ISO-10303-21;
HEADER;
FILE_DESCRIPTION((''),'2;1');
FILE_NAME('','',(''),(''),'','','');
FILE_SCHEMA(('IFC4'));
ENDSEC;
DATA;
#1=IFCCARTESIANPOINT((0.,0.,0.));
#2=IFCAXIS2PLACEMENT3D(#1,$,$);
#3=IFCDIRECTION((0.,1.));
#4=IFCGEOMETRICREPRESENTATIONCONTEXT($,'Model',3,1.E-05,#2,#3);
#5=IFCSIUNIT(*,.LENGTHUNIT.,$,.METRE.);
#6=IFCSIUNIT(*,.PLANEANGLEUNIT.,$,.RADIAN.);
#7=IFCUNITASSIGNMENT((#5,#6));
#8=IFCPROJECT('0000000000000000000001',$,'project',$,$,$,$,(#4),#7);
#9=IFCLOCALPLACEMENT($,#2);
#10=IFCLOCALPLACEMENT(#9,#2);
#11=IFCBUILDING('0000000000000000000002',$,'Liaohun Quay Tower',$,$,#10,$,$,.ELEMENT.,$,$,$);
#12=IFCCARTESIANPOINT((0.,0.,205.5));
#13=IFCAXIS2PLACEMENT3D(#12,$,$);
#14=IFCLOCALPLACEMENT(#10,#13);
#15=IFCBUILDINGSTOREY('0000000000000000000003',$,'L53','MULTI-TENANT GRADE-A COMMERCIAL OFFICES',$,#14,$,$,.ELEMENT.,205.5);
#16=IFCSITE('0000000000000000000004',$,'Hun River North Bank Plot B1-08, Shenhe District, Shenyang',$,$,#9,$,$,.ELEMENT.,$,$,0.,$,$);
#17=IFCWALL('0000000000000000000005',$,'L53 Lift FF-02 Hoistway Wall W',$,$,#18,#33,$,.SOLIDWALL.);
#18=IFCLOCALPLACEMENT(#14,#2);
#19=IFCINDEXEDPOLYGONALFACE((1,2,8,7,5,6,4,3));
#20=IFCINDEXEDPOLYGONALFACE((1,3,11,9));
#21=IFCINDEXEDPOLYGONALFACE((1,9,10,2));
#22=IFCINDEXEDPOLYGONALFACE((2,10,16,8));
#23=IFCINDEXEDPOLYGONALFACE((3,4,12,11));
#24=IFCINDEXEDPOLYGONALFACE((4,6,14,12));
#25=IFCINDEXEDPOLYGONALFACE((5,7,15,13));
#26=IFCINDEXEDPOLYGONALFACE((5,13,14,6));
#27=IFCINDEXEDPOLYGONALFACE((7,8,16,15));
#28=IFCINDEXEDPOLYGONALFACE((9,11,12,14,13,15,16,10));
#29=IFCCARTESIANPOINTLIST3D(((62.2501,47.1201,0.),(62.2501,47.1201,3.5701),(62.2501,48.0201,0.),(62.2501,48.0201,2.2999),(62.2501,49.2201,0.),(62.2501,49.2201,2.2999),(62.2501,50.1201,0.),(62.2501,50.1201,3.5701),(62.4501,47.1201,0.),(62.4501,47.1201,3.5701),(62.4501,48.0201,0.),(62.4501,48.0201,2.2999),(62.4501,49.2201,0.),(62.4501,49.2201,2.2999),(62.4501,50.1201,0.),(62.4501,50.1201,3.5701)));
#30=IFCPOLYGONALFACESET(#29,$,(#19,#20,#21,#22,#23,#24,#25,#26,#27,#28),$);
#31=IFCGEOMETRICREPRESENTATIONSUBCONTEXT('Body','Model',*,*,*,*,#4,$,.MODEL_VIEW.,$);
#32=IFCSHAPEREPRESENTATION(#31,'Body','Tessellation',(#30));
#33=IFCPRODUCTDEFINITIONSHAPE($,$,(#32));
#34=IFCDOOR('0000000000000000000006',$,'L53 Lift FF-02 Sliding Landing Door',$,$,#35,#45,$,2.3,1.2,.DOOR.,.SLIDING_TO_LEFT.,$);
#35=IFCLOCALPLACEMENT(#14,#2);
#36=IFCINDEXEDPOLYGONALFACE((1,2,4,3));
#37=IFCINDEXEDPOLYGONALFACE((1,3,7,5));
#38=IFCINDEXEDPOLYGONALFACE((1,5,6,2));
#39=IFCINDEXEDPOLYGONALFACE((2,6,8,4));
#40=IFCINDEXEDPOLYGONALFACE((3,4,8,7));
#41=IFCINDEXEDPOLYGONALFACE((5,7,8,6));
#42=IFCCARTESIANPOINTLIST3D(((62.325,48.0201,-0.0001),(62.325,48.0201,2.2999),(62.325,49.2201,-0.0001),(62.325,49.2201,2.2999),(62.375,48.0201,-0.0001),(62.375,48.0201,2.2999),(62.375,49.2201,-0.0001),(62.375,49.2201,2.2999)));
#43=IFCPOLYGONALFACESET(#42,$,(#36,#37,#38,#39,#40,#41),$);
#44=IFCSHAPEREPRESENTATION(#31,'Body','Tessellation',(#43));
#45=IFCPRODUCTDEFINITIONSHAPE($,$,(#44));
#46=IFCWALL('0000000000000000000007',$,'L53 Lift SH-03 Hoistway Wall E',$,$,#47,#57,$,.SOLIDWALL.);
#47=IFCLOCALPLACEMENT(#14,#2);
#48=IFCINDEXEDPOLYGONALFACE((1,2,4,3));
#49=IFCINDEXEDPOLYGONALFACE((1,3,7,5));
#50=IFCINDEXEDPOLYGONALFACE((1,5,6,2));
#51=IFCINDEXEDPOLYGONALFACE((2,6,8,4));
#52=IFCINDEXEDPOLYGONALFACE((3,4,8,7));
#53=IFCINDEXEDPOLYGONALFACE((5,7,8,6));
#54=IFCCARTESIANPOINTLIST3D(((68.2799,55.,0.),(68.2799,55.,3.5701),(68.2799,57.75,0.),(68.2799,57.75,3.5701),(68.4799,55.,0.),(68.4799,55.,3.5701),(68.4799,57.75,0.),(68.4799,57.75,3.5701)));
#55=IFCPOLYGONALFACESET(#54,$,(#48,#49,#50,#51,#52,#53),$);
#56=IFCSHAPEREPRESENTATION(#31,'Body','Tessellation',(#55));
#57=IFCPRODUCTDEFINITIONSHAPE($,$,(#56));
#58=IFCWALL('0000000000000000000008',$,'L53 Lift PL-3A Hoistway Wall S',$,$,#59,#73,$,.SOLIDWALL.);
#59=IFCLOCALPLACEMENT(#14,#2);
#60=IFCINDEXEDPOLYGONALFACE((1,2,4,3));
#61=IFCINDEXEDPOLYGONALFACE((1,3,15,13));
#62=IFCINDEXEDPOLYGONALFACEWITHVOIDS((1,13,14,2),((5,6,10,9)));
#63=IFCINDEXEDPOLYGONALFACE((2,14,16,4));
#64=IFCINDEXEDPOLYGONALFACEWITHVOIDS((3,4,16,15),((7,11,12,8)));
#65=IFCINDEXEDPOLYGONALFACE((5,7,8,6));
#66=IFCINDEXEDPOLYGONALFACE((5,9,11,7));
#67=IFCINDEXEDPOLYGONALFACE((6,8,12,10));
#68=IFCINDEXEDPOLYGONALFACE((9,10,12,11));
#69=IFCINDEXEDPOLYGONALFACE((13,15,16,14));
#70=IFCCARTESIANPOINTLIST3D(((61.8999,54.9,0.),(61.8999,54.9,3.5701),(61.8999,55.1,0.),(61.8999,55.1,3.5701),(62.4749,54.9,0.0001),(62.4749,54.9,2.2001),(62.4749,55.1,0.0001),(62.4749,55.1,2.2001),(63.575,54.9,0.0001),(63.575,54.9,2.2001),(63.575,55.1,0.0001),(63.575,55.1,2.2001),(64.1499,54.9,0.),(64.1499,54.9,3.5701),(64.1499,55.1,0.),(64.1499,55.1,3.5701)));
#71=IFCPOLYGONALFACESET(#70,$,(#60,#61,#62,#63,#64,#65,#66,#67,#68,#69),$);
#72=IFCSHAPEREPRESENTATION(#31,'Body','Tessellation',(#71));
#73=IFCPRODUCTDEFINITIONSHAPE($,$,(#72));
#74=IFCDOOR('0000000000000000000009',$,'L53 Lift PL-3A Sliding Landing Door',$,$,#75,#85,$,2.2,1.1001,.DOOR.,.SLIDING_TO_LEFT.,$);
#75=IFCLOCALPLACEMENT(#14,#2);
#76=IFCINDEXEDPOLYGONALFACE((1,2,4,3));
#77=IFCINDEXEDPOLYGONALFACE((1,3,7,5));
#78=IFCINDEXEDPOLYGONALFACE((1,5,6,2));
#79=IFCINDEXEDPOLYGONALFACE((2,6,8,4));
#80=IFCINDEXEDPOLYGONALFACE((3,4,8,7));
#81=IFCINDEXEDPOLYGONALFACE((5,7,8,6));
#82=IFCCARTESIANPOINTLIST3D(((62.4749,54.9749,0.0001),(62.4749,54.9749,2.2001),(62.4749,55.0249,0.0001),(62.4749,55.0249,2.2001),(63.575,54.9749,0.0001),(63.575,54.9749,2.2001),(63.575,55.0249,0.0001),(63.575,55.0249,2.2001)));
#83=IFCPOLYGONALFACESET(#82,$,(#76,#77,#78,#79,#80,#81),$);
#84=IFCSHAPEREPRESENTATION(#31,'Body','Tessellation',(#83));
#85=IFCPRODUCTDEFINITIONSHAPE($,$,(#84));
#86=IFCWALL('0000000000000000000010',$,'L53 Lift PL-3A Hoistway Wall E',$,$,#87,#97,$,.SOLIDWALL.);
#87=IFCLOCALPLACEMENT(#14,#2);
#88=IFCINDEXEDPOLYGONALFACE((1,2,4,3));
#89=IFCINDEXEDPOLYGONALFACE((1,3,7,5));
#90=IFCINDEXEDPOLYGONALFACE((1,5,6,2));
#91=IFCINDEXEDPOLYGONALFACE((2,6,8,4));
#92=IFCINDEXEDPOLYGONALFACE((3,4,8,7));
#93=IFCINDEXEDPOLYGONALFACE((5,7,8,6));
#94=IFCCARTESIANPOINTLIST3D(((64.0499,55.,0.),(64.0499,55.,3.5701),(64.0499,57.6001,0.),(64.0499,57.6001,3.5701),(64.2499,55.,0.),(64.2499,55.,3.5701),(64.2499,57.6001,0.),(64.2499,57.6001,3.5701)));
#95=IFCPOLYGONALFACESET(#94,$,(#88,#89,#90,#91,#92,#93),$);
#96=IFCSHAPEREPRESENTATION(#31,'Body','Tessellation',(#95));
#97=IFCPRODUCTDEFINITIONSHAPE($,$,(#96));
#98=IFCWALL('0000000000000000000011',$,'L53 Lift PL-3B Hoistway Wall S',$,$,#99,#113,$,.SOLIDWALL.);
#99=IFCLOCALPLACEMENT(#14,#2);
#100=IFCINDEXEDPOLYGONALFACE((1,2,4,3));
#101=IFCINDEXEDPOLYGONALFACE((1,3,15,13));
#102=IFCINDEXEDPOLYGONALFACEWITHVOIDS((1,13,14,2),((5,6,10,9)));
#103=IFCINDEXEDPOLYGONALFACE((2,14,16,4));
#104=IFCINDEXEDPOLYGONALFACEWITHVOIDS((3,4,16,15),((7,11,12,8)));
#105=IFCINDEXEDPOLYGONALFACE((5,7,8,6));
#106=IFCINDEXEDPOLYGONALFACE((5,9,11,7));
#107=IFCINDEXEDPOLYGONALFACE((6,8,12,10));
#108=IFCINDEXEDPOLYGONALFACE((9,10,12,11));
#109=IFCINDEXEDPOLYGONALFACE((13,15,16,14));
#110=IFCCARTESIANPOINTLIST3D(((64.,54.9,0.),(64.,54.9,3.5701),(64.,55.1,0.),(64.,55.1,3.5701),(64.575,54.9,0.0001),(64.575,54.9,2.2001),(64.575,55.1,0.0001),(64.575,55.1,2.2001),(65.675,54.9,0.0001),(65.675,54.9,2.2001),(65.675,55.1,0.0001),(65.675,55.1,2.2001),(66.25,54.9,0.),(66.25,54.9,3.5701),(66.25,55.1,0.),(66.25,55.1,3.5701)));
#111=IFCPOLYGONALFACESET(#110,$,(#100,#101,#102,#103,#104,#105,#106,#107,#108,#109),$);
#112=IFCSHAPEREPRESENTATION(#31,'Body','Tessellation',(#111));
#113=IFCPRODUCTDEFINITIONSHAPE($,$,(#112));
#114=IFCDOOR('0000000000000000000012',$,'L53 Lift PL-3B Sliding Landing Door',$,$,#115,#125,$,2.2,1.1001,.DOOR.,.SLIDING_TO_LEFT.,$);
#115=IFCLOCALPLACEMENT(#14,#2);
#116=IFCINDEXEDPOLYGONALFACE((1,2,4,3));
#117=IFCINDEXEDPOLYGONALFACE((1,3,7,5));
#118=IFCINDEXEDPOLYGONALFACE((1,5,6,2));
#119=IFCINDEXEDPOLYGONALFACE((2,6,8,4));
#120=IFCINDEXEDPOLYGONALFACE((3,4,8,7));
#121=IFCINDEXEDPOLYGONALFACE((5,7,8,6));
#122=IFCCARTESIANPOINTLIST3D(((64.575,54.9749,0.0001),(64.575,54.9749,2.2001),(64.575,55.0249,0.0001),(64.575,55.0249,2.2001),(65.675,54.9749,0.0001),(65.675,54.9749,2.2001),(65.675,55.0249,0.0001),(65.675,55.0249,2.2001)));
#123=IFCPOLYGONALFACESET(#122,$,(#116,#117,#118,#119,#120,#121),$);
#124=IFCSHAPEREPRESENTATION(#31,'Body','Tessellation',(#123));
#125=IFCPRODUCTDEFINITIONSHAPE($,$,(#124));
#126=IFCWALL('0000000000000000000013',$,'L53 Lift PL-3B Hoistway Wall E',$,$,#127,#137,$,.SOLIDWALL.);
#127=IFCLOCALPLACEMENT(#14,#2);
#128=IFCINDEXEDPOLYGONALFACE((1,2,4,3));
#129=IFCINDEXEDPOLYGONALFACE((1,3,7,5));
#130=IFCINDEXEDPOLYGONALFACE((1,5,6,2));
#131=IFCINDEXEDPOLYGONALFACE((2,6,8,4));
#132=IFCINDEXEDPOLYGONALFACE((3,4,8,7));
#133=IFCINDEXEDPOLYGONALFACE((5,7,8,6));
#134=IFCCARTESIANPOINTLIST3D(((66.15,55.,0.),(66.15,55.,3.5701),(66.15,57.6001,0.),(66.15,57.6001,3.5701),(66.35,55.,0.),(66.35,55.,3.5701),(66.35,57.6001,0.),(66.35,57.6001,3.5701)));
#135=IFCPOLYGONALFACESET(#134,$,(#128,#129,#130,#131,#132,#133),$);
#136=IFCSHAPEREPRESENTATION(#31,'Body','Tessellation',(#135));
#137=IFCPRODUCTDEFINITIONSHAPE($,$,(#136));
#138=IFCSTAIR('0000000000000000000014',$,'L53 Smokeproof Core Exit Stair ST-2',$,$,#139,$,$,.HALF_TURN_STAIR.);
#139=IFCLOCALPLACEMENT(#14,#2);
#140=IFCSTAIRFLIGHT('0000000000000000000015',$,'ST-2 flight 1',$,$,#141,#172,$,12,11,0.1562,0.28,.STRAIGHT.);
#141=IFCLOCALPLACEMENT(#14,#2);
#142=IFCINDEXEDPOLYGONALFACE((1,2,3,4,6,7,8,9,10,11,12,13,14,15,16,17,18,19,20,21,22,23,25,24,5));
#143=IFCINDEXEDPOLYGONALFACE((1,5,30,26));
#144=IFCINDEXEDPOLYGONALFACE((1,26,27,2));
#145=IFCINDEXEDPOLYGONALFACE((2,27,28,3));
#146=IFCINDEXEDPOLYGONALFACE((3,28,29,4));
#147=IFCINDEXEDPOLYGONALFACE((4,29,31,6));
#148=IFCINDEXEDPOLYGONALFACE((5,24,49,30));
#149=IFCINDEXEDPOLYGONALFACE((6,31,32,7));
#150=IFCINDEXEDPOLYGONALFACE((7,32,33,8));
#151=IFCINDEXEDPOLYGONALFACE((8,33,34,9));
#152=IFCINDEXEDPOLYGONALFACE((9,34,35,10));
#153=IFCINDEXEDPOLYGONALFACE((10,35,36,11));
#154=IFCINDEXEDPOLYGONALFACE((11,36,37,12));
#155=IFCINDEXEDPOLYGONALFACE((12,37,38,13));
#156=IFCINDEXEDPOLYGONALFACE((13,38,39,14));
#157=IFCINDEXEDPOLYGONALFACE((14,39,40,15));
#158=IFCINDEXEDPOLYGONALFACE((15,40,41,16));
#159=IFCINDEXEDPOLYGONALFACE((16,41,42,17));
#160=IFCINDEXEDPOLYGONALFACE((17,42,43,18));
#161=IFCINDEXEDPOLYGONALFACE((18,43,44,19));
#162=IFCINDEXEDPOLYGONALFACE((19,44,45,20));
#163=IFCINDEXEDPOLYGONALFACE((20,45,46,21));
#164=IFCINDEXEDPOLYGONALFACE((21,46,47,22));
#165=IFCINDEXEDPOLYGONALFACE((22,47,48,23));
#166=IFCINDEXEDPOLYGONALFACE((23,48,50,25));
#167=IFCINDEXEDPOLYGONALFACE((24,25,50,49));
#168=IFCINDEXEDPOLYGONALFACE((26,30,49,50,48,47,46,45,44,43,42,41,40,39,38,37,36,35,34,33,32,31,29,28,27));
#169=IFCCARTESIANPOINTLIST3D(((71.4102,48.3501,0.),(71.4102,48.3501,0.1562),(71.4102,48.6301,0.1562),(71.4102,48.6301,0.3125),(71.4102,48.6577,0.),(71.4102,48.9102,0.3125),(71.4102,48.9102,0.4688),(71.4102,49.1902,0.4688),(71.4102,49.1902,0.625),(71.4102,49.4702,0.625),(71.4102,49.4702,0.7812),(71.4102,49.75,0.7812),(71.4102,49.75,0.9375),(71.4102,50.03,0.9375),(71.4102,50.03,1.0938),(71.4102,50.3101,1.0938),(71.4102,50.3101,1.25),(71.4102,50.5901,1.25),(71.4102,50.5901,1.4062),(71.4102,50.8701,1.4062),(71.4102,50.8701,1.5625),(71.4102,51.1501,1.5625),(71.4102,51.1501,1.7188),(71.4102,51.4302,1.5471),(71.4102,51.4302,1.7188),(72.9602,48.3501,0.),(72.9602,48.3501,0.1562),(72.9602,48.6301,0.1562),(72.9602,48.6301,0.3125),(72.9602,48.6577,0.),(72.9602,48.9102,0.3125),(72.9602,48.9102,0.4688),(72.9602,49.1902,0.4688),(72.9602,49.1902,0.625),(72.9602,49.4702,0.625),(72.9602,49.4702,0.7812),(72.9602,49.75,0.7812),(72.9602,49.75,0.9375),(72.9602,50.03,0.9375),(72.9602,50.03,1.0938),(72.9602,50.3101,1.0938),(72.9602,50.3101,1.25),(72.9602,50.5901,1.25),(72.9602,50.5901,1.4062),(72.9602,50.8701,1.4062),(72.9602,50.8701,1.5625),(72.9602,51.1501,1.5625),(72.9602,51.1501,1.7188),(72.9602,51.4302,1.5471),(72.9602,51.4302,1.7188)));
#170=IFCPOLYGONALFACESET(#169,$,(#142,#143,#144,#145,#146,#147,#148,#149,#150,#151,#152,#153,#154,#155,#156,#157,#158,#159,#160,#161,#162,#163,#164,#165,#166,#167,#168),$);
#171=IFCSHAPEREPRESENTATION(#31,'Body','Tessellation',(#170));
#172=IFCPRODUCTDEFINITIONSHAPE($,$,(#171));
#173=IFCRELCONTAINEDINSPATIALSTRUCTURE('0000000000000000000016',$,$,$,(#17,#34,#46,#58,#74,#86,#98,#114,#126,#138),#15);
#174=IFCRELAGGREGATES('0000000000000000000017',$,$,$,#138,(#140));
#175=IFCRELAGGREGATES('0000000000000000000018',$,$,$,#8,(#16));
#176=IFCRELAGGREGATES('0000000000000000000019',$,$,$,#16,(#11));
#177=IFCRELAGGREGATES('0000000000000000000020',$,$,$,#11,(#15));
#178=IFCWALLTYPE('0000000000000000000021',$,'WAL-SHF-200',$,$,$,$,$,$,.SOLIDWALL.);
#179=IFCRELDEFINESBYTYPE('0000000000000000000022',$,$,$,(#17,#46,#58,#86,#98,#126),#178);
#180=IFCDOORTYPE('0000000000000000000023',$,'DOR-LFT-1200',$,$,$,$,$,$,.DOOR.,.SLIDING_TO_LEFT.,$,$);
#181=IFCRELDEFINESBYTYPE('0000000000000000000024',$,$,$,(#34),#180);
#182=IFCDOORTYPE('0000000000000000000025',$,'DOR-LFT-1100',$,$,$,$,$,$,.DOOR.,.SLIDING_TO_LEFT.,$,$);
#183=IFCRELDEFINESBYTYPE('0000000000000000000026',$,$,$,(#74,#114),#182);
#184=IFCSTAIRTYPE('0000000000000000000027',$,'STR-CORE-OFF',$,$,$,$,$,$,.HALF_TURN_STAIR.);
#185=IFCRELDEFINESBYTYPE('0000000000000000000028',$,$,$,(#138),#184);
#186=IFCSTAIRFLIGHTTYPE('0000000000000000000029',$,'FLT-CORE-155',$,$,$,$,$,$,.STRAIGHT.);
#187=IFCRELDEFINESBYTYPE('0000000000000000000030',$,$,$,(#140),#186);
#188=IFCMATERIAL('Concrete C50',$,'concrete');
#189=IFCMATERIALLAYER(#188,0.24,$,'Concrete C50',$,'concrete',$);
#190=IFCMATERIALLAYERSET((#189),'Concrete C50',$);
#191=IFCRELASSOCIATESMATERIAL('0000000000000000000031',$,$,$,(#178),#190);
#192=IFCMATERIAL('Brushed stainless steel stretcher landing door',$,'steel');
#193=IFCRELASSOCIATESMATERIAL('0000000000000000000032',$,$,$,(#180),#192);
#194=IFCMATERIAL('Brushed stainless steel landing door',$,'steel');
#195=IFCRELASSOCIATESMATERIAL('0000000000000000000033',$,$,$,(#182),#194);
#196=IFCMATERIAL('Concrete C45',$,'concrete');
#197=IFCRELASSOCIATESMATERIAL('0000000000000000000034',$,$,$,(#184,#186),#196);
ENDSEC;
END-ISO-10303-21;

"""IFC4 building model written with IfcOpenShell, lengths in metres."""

from ifc_helpers import new_model, si_unit, direction, frame, frame_2d, origin, place, context, subcontext, project, spatial, polyline, rectangle, outline, extrude, source, transform, mapped, material, layer, layer_set, type_object, element, fill, aggregate, save


model = new_model("IFC4")

# Units and contexts
model_context = context("Model", 3, precision=1e-05, world=origin(), true_north=direction((0.0, 1.0)))
body_context = subcontext(model_context, "Body", "Model", "MODEL_VIEW")
ifc_project = project(units=[si_unit("LENGTHUNIT", "METRE"), si_unit("PLANEANGLEUNIT", "RADIAN")], contexts=[model_context])

# Site, building, storey
site_placement = place(None, origin())
site = spatial("IfcSite", under=ifc_project, at=site_placement, Name="Hun River North Bank Plot B1-08, Shenhe District, Shenyang", CompositionType="ELEMENT", RefElevation=0.0)
building_placement = place(site_placement, origin())
building = spatial("IfcBuilding", under=site, at=building_placement, Name="Liaohun Quay Tower", CompositionType="ELEMENT")
storey_placement = place(building_placement, frame((0.0, 0.0, 205.5)))
storey = spatial("IfcBuildingStorey", under=building, at=storey_placement, Name="L53", Description="MULTI-TENANT GRADE-A COMMERCIAL OFFICES", CompositionType="ELEMENT", Elevation=205.5)

# Shared definitions
ifc_material_1 = material(Name="Concrete C50", Category="concrete")
ifc_layer_1 = layer(ifc_material_1, 0.24, Name="Concrete C50", Category="concrete")
ifc_layer_set_1 = layer_set([ifc_layer_1], Name="Concrete C50")
wall_type_1 = type_object("IfcWallType", Name="WAL-SHF-200", PredefinedType="SOLIDWALL", material=ifc_layer_set_1)

# Wall, opening, door
wall_1_placement = place(storey_placement, frame((62.3501, 50.1201, 0.0), z_axis=(0.0, 0.0, 1.0), x_axis=(0.0, -1.0, 0.0)))
wall_1 = element("IfcWall", 1, at=wall_1_placement, inside=storey, type_object=wall_type_1, Name="L53 Lift FF-02 Hoistway Wall W", PredefinedType="SOLIDWALL", context=body_context, shape_type="SweptSolid", body=[
    extrude(rectangle(XDim=3.0, YDim=0.2, at=frame_2d((1.5, 0.0))), origin(), (0.0, 0.0, 1.0), 3.5701),
])
shared_shape_1 = source(origin(), body_context, "Body", "SweptSolid", [
    extrude(rectangle(XDim=1.2, YDim=2.3, at=frame_2d((0.6001, 1.1499))), frame((0.0, 0.1099, 0.0), z_axis=(0.0, -1.0, 0.0), x_axis=(1.0, 0.0, 0.0)), (0.0, 0.0, 1.0), 0.22),
])
opening_1_placement = place(wall_1_placement, frame((0.8999, 0.0, 0.0)))
opening_1 = element("IfcOpeningElement", 2, at=opening_1_placement, cuts=wall_1, PredefinedType="OPENING", context=body_context, shape_type="MappedRepresentation", body=[
    mapped(shared_shape_1, transform((0.0, 0.0, 0.0), x_axis=(1.0, 0.0, 0.0), y_axis=(0.0, 1.0, 0.0), z_axis=(0.0, 0.0, 1.0), scale=1.0)),
])
ifc_material_2 = material(Name="Brushed stainless steel stretcher landing door", Category="steel")
door_type_1 = type_object("IfcDoorType", Name="DOR-LFT-1200", OperationType="SLIDING_TO_LEFT", PredefinedType="DOOR", material=ifc_material_2)
shared_shape_2 = source(origin(), body_context, "Body", "SweptSolid", [
    extrude(rectangle(XDim=1.2, YDim=2.3, at=frame_2d((0.6001, 1.1499))), frame((0.0, 0.0249, 0.0), z_axis=(0.0, -1.0, 0.0), x_axis=(1.0, 0.0, 0.0)), (0.0, 0.0, 1.0), 0.05),
])
door_1_placement = place(opening_1_placement, origin())
door_1 = element("IfcDoor", 3, at=door_1_placement, inside=storey, type_object=door_type_1, Name="L53 Lift FF-02 Sliding Landing Door", OperationType="SLIDING_TO_LEFT", OverallHeight=2.3, OverallWidth=1.2, PredefinedType="DOOR", context=body_context, shape_type="MappedRepresentation", body=[
    mapped(shared_shape_2, transform((0.0, 0.0, 0.0), x_axis=(1.0, 0.0, 0.0), y_axis=(0.0, 1.0, 0.0), z_axis=(0.0, 0.0, 1.0), scale=1.0)),
])
fill(opening_1, door_1)

# Wall
wall_2_placement = place(storey_placement, frame((68.3799, 55.0, 0.0), z_axis=(0.0, 0.0, 1.0), x_axis=(0.0, 1.0, 0.0)))
element("IfcWall", 4, at=wall_2_placement, inside=storey, type_object=wall_type_1, Name="L53 Lift SH-03 Hoistway Wall E", PredefinedType="SOLIDWALL", context=body_context, shape_type="SweptSolid", body=[
    extrude(rectangle(XDim=2.75, YDim=0.2, at=frame_2d((1.375, 0.0))), origin(), (0.0, 0.0, 1.0), 3.5701),
])

# Wall, opening, door
wall_3_placement = place(storey_placement, frame((61.8999, 55.0, 0.0), z_axis=(0.0, 0.0, 1.0), x_axis=(1.0, 0.0, 0.0)))
wall_3 = element("IfcWall", 5, at=wall_3_placement, inside=storey, type_object=wall_type_1, Name="L53 Lift PL-3A Hoistway Wall S", PredefinedType="SOLIDWALL", context=body_context, shape_type="SweptSolid", body=[
    extrude(rectangle(XDim=2.25, YDim=0.2, at=frame_2d((1.125, 0.0))), origin(), (0.0, 0.0, 1.0), 3.5701),
])
shared_shape_3 = source(origin(), body_context, "Body", "SweptSolid", [
    extrude(rectangle(XDim=1.1001, YDim=2.2, at=frame_2d((0.55, 1.1001))), frame((0.0, 0.1099, 0.0), z_axis=(0.0, -1.0, 0.0), x_axis=(1.0, 0.0, 0.0)), (0.0, 0.0, 1.0), 0.22),
])
opening_2_placement = place(wall_3_placement, frame((0.575, 0.0, 0.0)))
opening_2 = element("IfcOpeningElement", 6, at=opening_2_placement, cuts=wall_3, PredefinedType="OPENING", context=body_context, shape_type="MappedRepresentation", body=[
    mapped(shared_shape_3, transform((0.0, 0.0, 0.0), x_axis=(1.0, 0.0, 0.0), y_axis=(0.0, 1.0, 0.0), z_axis=(0.0, 0.0, 1.0), scale=1.0)),
])
ifc_material_3 = material(Name="Brushed stainless steel landing door", Category="steel")
door_type_2 = type_object("IfcDoorType", Name="DOR-LFT-1100", OperationType="SLIDING_TO_LEFT", PredefinedType="DOOR", material=ifc_material_3)
shared_shape_4 = source(origin(), body_context, "Body", "SweptSolid", [
    extrude(rectangle(XDim=1.1001, YDim=2.2, at=frame_2d((0.55, 1.1001))), frame((0.0, 0.0249, 0.0), z_axis=(0.0, -1.0, 0.0), x_axis=(1.0, 0.0, 0.0)), (0.0, 0.0, 1.0), 0.05),
])
door_2_placement = place(opening_2_placement, origin())
door_2 = element("IfcDoor", 7, at=door_2_placement, inside=storey, type_object=door_type_2, Name="L53 Lift PL-3A Sliding Landing Door", OperationType="SLIDING_TO_LEFT", OverallHeight=2.2, OverallWidth=1.1001, PredefinedType="DOOR", context=body_context, shape_type="MappedRepresentation", body=[
    mapped(shared_shape_4, transform((0.0, 0.0, 0.0), x_axis=(1.0, 0.0, 0.0), y_axis=(0.0, 1.0, 0.0), z_axis=(0.0, 0.0, 1.0), scale=1.0)),
])
fill(opening_2, door_2)

# Wall
wall_4_placement = place(storey_placement, frame((64.1499, 55.0, 0.0), z_axis=(0.0, 0.0, 1.0), x_axis=(0.0, 1.0, 0.0)))
element("IfcWall", 8, at=wall_4_placement, inside=storey, type_object=wall_type_1, Name="L53 Lift PL-3A Hoistway Wall E", PredefinedType="SOLIDWALL", context=body_context, shape_type="SweptSolid", body=[
    extrude(rectangle(XDim=2.6001, YDim=0.2, at=frame_2d((1.3, 0.0))), origin(), (0.0, 0.0, 1.0), 3.5701),
])

# Wall, opening, door
wall_5_placement = place(storey_placement, frame((64.0, 55.0, 0.0), z_axis=(0.0, 0.0, 1.0), x_axis=(1.0, 0.0, 0.0)))
wall_5 = element("IfcWall", 9, at=wall_5_placement, inside=storey, type_object=wall_type_1, Name="L53 Lift PL-3B Hoistway Wall S", PredefinedType="SOLIDWALL", context=body_context, shape_type="SweptSolid", body=[
    extrude(rectangle(XDim=2.25, YDim=0.2, at=frame_2d((1.125, 0.0))), origin(), (0.0, 0.0, 1.0), 3.5701),
])
opening_3_placement = place(wall_5_placement, frame((0.575, 0.0, 0.0)))
opening_3 = element("IfcOpeningElement", 10, at=opening_3_placement, cuts=wall_5, PredefinedType="OPENING", context=body_context, shape_type="MappedRepresentation", body=[
    mapped(shared_shape_3, transform((0.0, 0.0, 0.0), x_axis=(1.0, 0.0, 0.0), y_axis=(0.0, 1.0, 0.0), z_axis=(0.0, 0.0, 1.0), scale=1.0)),
])
door_3_placement = place(opening_3_placement, origin())
door_3 = element("IfcDoor", 11, at=door_3_placement, inside=storey, type_object=door_type_2, Name="L53 Lift PL-3B Sliding Landing Door", OperationType="SLIDING_TO_LEFT", OverallHeight=2.2, OverallWidth=1.1001, PredefinedType="DOOR", context=body_context, shape_type="MappedRepresentation", body=[
    mapped(shared_shape_4, transform((0.0, 0.0, 0.0), x_axis=(1.0, 0.0, 0.0), y_axis=(0.0, 1.0, 0.0), z_axis=(0.0, 0.0, 1.0), scale=1.0)),
])
fill(opening_3, door_3)

# Wall
wall_6_placement = place(storey_placement, frame((66.25, 55.0, 0.0), z_axis=(0.0, 0.0, 1.0), x_axis=(0.0, 1.0, 0.0)))
element("IfcWall", 12, at=wall_6_placement, inside=storey, type_object=wall_type_1, Name="L53 Lift PL-3B Hoistway Wall E", PredefinedType="SOLIDWALL", context=body_context, shape_type="SweptSolid", body=[
    extrude(rectangle(XDim=2.6001, YDim=0.2, at=frame_2d((1.3, 0.0))), origin(), (0.0, 0.0, 1.0), 3.5701),
])

# Stair, stair flight
ifc_material_4 = material(Name="Concrete C45", Category="concrete")
stair_type = type_object("IfcStairType", Name="STR-CORE-OFF", PredefinedType="HALF_TURN_STAIR", material=ifc_material_4)
stair_placement = place(storey_placement, origin())
stair = element("IfcStair", 13, at=stair_placement, inside=storey, type_object=stair_type, Name="L53 Smokeproof Core Exit Stair ST-2", PredefinedType="HALF_TURN_STAIR")
stair_flight_type = type_object("IfcStairFlightType", Name="FLT-CORE-155", PredefinedType="STRAIGHT", material=ifc_material_4)
stair_flight_1_placement = place(storey_placement, frame((72.1851, 48.3501, 0.0), z_axis=(0.0, 0.0, 1.0), x_axis=(0.0, 1.0, 0.0)))
stair_flight_1 = element("IfcStairFlight", 14, at=stair_flight_1_placement, type_object=stair_flight_type, Name="ST-2 flight 1", NumberOfRisers=12, NumberOfTreads=11, PredefinedType="STRAIGHT", RiserHeight=0.1562, TreadLength=0.28, context=body_context, shape_type="SweptSolid", body=[
    extrude(outline(polyline([(0.0, 0.0), (0.0, 0.1562), (0.28, 0.1562), (0.28, 0.3125), (0.5601, 0.3125), (0.5601, 0.4688), (0.8401, 0.4688), (0.8401, 0.625), (1.1201, 0.625), (1.1201, 0.7812), (1.3999, 0.7812), (1.3999, 0.9375), (1.6799, 0.9375), (1.6799, 1.0938), (1.96, 1.0938), (1.96, 1.25), (2.24, 1.25), (2.24, 1.4062), (2.52, 1.4062), (2.52, 1.5625), (2.8, 1.5625), (2.8, 1.7188), (3.0801, 1.7188), (3.0801, 1.875), (3.0801, 1.5471), (0.3076, 0.0), (0.0, 0.0)])), frame((0.0, 0.7749, 0.0), z_axis=(0.0, -1.0, 0.0), x_axis=(1.0, 0.0, 0.0)), (0.0, 0.0, 1.0), 1.55),
])
aggregate(stair, [stair_flight_1])

save(model, "model.ifc")
